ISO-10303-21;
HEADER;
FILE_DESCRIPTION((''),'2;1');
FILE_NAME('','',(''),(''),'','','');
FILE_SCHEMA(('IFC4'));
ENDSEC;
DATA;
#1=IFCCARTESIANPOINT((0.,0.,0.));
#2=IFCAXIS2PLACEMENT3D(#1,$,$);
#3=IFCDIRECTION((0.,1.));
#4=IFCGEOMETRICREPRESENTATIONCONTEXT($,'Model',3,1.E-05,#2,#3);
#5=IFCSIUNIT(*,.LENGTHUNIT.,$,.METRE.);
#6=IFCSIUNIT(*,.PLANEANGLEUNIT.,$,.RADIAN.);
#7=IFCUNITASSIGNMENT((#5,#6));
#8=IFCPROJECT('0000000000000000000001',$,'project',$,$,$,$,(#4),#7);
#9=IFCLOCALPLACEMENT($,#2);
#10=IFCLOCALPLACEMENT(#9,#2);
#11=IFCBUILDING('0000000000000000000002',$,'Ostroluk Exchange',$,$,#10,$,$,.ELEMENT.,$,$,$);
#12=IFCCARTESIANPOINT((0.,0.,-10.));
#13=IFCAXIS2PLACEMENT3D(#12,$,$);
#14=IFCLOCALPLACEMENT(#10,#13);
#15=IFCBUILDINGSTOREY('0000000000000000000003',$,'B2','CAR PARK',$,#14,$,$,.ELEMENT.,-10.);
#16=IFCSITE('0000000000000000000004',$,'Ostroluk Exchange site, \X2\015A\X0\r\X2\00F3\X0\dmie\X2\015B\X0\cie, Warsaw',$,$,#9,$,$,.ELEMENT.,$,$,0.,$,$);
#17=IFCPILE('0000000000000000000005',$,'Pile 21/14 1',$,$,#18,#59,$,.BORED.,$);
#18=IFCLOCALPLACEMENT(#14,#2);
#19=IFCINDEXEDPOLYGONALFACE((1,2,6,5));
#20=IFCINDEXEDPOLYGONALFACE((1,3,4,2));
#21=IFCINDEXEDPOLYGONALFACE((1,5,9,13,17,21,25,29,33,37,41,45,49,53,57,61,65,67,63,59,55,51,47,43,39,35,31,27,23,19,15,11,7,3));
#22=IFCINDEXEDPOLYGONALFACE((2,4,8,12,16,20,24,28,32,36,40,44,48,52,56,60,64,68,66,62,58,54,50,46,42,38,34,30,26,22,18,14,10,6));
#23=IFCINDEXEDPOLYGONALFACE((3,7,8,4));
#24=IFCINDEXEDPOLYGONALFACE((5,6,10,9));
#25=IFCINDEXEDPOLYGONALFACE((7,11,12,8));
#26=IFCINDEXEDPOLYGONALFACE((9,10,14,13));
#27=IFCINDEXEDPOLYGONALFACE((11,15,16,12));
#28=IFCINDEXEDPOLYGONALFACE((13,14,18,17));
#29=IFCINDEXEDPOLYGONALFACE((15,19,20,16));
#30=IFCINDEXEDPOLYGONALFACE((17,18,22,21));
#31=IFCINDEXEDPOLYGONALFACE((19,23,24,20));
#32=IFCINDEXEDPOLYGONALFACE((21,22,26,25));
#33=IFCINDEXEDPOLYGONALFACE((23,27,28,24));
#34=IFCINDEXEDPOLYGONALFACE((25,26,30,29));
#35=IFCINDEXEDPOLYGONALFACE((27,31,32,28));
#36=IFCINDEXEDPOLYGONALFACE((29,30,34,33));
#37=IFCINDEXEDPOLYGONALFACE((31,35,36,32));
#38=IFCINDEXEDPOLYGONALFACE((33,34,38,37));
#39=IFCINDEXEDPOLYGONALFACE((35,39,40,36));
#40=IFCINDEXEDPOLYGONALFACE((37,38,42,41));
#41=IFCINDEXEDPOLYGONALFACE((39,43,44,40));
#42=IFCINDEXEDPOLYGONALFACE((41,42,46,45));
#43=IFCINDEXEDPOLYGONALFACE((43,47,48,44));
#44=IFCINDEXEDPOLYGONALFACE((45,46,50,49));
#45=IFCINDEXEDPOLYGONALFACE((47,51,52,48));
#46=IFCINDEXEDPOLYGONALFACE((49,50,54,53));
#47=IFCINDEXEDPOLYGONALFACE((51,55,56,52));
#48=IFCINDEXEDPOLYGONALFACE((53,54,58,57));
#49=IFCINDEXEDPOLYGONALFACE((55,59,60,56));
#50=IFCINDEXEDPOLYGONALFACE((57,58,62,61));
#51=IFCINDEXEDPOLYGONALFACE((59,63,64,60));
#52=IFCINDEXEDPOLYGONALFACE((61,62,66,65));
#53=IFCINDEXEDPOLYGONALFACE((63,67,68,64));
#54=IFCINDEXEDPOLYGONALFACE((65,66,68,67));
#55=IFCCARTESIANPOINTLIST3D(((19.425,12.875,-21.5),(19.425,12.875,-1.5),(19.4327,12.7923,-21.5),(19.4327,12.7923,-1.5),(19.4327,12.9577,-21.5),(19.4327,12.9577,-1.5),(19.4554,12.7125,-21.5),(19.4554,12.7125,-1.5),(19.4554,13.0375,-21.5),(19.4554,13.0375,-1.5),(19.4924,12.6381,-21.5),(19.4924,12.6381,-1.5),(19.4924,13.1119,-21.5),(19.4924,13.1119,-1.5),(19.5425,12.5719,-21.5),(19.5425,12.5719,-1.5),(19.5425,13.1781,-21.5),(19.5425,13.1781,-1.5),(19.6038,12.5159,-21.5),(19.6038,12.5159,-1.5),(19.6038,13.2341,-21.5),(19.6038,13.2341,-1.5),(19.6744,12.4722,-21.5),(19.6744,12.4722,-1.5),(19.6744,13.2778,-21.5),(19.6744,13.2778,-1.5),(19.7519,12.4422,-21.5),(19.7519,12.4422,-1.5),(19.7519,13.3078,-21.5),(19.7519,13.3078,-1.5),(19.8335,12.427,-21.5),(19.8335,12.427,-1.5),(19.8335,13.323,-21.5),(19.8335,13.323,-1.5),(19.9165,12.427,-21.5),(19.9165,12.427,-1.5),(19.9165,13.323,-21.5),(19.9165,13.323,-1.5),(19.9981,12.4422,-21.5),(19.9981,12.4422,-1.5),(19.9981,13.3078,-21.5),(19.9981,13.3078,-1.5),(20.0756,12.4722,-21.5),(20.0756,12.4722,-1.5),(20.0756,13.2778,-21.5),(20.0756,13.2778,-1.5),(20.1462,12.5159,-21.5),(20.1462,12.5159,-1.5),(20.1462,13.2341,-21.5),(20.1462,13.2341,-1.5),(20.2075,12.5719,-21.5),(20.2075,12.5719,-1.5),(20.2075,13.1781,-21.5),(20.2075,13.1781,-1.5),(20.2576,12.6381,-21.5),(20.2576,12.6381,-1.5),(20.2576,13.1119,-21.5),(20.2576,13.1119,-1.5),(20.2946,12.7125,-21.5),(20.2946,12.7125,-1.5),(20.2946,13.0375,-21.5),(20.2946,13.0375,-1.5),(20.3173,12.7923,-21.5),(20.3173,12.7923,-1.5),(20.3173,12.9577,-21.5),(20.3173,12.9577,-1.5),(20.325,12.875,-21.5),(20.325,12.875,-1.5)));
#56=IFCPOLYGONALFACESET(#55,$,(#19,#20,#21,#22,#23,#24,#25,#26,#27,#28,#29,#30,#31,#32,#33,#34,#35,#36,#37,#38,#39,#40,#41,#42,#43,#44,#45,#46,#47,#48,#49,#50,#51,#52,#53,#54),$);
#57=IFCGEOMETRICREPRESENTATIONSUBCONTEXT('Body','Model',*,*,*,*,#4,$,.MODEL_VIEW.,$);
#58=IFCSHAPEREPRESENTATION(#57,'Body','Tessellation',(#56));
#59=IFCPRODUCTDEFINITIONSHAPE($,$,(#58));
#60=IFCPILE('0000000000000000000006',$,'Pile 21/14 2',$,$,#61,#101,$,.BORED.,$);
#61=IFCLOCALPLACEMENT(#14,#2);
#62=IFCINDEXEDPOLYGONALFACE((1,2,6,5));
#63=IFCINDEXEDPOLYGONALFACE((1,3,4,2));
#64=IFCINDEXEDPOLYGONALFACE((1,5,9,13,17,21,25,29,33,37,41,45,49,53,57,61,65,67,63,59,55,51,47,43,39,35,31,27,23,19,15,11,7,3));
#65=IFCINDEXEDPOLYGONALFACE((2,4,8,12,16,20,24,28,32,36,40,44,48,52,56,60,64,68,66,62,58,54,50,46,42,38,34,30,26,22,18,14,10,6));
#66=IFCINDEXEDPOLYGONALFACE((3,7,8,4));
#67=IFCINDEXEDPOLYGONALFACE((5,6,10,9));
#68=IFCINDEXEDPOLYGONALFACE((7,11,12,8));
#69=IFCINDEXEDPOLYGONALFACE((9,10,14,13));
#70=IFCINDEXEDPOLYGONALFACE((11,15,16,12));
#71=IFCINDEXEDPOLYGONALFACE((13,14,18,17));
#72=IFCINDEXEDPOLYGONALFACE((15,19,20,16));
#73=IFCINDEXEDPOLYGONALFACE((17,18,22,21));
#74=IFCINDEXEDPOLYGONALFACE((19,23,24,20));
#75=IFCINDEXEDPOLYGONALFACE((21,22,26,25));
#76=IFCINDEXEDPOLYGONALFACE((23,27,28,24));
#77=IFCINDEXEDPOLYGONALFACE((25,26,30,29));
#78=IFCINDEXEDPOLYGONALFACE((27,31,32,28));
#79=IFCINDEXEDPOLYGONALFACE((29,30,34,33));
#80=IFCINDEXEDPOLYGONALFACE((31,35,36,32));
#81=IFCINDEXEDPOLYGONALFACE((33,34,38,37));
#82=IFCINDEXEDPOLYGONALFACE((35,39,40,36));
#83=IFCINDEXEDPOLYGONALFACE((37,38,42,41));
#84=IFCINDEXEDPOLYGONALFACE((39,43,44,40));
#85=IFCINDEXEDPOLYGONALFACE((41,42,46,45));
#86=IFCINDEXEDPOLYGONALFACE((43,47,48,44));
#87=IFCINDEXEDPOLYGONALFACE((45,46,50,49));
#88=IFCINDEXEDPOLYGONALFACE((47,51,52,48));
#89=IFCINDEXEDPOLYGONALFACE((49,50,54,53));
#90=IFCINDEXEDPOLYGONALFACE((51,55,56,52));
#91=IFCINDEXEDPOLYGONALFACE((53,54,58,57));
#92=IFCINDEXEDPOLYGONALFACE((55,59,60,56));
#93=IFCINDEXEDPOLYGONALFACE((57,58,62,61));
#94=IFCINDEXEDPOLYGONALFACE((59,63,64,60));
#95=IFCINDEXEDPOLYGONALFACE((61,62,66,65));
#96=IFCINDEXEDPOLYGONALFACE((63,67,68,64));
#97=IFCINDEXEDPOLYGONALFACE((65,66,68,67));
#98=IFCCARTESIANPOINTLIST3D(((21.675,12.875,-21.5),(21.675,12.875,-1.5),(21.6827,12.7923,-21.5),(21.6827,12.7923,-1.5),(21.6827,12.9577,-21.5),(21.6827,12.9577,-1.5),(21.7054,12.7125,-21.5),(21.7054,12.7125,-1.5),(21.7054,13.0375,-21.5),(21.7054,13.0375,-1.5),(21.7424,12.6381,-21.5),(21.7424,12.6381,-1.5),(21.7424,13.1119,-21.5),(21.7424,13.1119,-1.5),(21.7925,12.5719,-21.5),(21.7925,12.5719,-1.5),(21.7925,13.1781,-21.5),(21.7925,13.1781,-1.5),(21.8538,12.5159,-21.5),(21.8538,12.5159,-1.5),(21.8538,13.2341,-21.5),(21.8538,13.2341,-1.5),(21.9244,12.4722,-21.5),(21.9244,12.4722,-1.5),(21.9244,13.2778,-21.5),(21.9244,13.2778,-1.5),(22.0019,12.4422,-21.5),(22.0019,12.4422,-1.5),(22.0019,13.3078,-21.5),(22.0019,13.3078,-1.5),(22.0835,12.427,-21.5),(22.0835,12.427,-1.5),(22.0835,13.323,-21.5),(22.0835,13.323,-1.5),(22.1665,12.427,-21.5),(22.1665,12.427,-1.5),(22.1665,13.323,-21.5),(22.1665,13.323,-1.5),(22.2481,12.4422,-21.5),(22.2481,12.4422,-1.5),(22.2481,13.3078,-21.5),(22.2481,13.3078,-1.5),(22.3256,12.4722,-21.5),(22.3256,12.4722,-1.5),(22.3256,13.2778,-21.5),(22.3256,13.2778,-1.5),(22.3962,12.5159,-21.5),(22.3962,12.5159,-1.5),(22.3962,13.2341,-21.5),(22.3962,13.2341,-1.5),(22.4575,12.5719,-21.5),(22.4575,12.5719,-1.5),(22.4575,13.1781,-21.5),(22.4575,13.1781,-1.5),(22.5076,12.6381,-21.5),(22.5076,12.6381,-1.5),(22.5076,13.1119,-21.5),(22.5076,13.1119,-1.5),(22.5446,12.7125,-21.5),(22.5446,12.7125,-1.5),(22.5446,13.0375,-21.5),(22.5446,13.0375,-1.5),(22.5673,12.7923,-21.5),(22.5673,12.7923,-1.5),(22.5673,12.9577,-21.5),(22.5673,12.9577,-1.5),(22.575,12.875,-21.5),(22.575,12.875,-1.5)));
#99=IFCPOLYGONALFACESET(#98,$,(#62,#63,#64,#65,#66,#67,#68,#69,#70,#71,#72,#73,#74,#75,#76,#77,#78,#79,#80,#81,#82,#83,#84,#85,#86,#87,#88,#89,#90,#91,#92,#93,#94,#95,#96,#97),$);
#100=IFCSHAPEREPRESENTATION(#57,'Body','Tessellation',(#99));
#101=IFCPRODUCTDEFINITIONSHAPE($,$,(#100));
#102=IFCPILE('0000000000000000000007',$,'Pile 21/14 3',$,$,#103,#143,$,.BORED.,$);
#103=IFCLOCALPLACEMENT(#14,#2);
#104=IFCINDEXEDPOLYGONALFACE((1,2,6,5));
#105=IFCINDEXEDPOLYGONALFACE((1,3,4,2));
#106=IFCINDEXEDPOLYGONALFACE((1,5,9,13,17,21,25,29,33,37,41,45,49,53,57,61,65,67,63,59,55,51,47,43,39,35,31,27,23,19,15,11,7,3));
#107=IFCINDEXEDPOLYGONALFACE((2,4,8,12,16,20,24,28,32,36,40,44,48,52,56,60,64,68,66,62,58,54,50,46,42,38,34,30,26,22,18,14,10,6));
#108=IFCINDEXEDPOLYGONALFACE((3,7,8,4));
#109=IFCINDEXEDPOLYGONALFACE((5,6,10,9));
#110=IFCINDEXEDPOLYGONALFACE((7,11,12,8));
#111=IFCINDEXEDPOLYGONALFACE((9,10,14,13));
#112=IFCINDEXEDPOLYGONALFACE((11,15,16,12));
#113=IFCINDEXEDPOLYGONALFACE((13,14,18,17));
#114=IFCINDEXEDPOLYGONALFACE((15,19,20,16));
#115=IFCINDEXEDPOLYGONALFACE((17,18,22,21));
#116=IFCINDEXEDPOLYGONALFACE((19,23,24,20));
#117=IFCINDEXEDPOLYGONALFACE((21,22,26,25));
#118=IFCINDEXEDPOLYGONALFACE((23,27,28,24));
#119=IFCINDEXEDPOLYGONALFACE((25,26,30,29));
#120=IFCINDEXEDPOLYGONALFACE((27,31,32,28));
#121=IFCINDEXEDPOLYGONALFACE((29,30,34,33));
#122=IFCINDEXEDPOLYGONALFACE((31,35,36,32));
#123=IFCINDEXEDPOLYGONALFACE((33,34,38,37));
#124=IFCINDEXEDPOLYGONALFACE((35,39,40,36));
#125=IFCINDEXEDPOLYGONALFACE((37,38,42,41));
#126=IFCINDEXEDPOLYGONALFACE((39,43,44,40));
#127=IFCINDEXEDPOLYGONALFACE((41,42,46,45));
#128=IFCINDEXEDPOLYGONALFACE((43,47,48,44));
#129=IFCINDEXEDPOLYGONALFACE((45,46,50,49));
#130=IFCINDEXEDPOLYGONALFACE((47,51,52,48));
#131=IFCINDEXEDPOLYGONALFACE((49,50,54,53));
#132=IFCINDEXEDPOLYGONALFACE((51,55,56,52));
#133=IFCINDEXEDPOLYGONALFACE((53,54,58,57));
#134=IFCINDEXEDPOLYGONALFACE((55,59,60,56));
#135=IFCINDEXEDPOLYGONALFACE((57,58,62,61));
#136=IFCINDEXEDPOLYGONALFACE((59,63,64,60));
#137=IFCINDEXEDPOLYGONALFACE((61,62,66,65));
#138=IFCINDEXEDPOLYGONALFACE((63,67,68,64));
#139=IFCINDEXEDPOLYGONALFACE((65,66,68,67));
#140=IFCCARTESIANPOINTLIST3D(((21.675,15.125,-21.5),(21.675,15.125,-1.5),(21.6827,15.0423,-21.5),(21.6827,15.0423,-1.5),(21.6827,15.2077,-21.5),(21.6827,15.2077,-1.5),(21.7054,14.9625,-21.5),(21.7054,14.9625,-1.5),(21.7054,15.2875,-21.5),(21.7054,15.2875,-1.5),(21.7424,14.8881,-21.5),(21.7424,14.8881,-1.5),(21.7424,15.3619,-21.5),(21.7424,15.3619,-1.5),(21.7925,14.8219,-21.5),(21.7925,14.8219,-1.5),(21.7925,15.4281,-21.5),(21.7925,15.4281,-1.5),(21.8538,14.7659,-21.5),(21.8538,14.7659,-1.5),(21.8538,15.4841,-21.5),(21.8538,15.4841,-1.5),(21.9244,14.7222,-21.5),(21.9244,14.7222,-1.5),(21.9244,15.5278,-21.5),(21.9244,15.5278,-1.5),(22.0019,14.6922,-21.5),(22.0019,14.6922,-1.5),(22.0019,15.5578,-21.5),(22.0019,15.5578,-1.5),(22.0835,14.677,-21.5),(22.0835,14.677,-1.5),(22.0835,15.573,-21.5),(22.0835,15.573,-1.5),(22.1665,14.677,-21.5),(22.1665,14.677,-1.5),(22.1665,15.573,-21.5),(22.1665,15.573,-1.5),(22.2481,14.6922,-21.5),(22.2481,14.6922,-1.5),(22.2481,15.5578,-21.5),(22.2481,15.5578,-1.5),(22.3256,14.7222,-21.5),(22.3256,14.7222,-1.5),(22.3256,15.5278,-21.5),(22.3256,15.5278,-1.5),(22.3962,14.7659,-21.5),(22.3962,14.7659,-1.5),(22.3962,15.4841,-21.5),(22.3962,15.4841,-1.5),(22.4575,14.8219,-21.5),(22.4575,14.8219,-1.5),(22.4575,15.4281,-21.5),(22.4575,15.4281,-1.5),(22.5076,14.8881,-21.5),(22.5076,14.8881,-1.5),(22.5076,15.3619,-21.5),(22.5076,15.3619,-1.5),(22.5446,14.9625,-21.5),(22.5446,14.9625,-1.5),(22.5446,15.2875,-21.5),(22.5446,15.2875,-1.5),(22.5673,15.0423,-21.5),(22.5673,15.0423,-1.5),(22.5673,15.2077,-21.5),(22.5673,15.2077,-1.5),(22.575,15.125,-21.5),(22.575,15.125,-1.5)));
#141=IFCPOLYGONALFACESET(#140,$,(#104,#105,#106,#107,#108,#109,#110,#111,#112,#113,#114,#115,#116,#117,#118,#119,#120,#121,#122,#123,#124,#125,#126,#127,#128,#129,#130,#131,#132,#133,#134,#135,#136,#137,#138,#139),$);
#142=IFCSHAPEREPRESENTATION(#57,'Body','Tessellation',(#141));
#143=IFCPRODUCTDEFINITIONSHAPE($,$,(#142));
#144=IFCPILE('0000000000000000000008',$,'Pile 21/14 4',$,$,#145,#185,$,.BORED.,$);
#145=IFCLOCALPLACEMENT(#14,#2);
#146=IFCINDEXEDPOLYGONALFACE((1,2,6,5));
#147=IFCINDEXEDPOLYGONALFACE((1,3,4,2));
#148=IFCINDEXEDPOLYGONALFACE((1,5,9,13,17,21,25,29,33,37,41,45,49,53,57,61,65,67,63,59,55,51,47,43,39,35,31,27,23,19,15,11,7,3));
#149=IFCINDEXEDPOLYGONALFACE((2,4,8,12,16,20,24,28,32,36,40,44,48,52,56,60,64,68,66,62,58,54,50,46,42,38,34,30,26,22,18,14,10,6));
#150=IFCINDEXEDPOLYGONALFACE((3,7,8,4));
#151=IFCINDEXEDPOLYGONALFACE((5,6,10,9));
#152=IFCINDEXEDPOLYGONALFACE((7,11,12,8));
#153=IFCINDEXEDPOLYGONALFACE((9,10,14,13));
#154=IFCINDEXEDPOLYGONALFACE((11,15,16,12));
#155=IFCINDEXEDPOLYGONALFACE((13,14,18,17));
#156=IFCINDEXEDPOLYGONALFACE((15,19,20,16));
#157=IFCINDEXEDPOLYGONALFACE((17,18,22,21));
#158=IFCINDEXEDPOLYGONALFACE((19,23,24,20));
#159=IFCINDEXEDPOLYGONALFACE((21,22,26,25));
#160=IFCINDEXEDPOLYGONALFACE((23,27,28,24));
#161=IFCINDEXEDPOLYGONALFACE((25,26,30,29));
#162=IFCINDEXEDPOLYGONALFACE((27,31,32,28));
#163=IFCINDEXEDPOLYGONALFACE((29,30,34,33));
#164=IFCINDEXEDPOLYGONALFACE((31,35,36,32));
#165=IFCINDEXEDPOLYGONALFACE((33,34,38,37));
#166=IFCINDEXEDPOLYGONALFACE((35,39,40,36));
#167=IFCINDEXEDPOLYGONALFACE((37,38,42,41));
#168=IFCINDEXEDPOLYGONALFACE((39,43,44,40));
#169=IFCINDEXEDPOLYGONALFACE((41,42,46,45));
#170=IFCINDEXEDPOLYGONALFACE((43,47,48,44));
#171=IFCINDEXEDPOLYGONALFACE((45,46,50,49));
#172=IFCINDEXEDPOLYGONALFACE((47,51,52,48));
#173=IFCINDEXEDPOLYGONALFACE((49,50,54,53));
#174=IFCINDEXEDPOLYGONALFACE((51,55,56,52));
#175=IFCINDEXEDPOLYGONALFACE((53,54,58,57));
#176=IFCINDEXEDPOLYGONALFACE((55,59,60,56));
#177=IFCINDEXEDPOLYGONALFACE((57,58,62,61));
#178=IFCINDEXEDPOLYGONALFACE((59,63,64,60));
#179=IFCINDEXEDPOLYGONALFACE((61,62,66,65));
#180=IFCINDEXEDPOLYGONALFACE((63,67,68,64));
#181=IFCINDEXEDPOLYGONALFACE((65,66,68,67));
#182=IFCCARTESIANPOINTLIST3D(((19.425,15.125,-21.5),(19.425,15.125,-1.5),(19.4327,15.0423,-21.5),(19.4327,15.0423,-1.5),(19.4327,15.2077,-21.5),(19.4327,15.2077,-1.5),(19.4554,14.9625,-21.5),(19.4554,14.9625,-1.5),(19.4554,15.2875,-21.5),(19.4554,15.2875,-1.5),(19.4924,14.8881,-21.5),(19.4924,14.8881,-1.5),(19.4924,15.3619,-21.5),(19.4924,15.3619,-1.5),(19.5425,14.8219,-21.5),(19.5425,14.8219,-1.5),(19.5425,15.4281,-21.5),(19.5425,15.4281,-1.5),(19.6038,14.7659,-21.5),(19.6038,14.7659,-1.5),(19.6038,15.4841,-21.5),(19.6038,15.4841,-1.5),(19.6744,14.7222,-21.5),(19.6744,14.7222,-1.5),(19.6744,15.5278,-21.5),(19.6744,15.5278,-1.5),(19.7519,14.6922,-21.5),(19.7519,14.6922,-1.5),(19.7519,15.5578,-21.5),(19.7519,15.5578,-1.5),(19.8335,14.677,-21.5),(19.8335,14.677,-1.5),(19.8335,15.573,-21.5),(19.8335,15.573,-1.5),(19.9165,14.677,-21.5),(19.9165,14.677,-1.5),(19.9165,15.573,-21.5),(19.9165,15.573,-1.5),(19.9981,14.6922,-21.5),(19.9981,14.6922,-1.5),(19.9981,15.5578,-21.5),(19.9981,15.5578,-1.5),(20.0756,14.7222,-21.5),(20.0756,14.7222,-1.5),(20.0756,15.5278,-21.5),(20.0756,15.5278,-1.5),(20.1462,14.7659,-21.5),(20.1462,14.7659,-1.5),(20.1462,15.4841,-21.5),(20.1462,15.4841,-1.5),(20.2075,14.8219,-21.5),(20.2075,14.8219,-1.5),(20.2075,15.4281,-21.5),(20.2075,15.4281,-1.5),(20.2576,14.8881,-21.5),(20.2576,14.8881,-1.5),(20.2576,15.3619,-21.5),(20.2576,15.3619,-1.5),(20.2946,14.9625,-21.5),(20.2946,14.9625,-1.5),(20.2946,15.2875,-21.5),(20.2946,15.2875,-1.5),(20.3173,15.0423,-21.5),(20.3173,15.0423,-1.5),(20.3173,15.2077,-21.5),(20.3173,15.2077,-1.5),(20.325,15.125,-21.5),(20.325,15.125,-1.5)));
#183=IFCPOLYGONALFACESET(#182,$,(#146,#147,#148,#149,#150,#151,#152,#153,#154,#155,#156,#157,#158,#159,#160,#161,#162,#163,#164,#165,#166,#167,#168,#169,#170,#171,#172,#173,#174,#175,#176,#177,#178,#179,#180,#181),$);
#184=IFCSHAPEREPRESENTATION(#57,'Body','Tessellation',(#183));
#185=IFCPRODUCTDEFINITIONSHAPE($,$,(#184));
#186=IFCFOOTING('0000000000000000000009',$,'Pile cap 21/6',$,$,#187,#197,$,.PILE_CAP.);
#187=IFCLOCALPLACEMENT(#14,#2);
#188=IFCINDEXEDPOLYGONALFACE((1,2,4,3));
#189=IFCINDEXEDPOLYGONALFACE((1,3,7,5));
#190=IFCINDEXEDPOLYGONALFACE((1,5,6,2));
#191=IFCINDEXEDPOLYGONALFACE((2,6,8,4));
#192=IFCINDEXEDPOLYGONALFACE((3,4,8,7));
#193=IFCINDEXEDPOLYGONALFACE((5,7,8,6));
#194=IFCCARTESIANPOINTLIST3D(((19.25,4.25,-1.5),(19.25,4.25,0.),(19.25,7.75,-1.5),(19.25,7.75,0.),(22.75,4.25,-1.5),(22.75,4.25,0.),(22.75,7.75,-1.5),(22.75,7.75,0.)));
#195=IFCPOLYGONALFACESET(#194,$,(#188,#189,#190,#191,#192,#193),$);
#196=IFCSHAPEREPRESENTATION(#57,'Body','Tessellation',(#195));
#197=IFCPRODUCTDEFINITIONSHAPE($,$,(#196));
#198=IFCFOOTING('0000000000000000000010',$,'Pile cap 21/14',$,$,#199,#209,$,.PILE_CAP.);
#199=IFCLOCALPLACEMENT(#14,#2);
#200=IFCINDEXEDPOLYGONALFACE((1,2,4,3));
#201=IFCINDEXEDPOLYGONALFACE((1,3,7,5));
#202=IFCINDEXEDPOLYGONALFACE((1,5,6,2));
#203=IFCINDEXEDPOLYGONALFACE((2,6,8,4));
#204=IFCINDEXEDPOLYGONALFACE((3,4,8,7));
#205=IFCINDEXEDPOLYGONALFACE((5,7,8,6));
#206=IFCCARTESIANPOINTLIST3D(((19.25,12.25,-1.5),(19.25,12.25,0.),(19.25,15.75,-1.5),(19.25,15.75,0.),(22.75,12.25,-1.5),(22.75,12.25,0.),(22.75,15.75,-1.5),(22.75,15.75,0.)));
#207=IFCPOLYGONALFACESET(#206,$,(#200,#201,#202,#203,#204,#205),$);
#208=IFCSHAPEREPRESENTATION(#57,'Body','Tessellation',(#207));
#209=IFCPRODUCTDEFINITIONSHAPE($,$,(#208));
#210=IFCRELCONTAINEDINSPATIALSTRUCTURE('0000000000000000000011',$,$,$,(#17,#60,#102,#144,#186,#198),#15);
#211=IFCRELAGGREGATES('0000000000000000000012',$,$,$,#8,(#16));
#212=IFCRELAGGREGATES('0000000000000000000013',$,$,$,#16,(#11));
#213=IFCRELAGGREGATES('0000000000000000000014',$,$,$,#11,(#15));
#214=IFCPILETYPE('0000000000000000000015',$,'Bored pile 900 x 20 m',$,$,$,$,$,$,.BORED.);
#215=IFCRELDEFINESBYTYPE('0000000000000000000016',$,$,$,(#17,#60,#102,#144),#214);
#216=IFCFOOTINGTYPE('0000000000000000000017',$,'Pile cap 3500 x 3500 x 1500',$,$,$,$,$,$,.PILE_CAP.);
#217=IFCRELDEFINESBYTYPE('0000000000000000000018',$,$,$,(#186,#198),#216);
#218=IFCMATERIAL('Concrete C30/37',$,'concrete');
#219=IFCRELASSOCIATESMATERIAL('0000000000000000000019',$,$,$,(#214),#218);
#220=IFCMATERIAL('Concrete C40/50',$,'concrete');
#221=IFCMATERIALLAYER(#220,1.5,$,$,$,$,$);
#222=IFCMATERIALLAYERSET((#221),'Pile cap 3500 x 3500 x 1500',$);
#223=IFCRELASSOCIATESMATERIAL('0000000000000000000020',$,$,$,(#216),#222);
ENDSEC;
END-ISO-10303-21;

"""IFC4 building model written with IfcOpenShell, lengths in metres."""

from ifc_helpers import new_model, si_unit, direction, frame, origin, origin_2d, place, context, subcontext, project, spatial, rectangle, circle, extrude, material, layer, layer_set, type_object, element, save


model = new_model("IFC4")

# Units and contexts
model_context = context("Model", 3, precision=1e-05, world=origin(), true_north=direction((0.0, 1.0)))
body_context = subcontext(model_context, "Body", "Model", "MODEL_VIEW")
ifc_project = project(units=[si_unit("LENGTHUNIT", "METRE"), si_unit("PLANEANGLEUNIT", "RADIAN")], contexts=[model_context])

# Site, building, storey
site_placement = place(None, origin())
site = spatial("IfcSite", under=ifc_project, at=site_placement, Name="Ostroluk Exchange site, Śródmieście, Warsaw", CompositionType="ELEMENT", RefElevation=0.0)
building_placement = place(site_placement, origin())
building = spatial("IfcBuilding", under=site, at=building_placement, Name="Ostroluk Exchange", CompositionType="ELEMENT")
storey_placement = place(building_placement, frame((0.0, 0.0, -10.0)))
storey = spatial("IfcBuildingStorey", under=building, at=storey_placement, Name="B2", Description="CAR PARK", CompositionType="ELEMENT", Elevation=-10.0)

# Piles
ifc_material_1 = material(Name="Concrete C30/37", Category="concrete")
pile_type_1 = type_object("IfcPileType", Name="Bored pile 900 x 20 m", PredefinedType="BORED", material=ifc_material_1)
for number, where, z_axis, x_axis, name in (
    (1, (19.875, 12.875, -1.5), (0.0, 0.0, -1.0), (1.0, 0.0, 0.0), "Pile 21/14 1"),
    (2, (22.125, 12.875, -1.5), (0.0, 0.0, -1.0), (1.0, 0.0, 0.0), "Pile 21/14 2"),
    (3, (22.125, 15.125, -1.5), (0.0, 0.0, -1.0), (1.0, 0.0, 0.0), "Pile 21/14 3"),
    (4, (19.875, 15.125, -1.5), (0.0, 0.0, -1.0), (1.0, 0.0, 0.0), "Pile 21/14 4"),
):
    element("IfcPile", number, at=place(storey_placement, frame(where, z_axis=z_axis, x_axis=x_axis)), inside=storey, type_object=pile_type_1, Name=name, PredefinedType="BORED", context=body_context, shape_type="SweptSolid", body=[
        extrude(circle(Radius=0.45, at=origin_2d()), origin(), (0.0, 0.0, 1.0), 20.0),
    ])

# Footings
ifc_material_2 = material(Name="Concrete C40/50", Category="concrete")
ifc_layer_1 = layer(ifc_material_2, 1.5)
ifc_layer_set_1 = layer_set([ifc_layer_1], Name="Pile cap 3500 x 3500 x 1500")
footing_type = type_object("IfcFootingType", Name="Pile cap 3500 x 3500 x 1500", PredefinedType="PILE_CAP", material=ifc_layer_set_1)
for number, where, z_axis, x_axis, name in (
    (5, (21.0, 6.0, -1.5), (0.0, 0.0, 1.0), (1.0, 0.0, 0.0), "Pile cap 21/6"),
    (6, (21.0, 14.0, -1.5), (0.0, 0.0, 1.0), (1.0, 0.0, 0.0), "Pile cap 21/14"),
):
    element("IfcFooting", number, at=place(storey_placement, frame(where, z_axis=z_axis, x_axis=x_axis)), inside=storey, type_object=footing_type, Name=name, PredefinedType="PILE_CAP", context=body_context, shape_type="SweptSolid", body=[
        extrude(rectangle(XDim=3.5, YDim=3.5, at=origin_2d()), origin(), (0.0, 0.0, 1.0), 1.5),
    ])

save(model, "model.ifc")
